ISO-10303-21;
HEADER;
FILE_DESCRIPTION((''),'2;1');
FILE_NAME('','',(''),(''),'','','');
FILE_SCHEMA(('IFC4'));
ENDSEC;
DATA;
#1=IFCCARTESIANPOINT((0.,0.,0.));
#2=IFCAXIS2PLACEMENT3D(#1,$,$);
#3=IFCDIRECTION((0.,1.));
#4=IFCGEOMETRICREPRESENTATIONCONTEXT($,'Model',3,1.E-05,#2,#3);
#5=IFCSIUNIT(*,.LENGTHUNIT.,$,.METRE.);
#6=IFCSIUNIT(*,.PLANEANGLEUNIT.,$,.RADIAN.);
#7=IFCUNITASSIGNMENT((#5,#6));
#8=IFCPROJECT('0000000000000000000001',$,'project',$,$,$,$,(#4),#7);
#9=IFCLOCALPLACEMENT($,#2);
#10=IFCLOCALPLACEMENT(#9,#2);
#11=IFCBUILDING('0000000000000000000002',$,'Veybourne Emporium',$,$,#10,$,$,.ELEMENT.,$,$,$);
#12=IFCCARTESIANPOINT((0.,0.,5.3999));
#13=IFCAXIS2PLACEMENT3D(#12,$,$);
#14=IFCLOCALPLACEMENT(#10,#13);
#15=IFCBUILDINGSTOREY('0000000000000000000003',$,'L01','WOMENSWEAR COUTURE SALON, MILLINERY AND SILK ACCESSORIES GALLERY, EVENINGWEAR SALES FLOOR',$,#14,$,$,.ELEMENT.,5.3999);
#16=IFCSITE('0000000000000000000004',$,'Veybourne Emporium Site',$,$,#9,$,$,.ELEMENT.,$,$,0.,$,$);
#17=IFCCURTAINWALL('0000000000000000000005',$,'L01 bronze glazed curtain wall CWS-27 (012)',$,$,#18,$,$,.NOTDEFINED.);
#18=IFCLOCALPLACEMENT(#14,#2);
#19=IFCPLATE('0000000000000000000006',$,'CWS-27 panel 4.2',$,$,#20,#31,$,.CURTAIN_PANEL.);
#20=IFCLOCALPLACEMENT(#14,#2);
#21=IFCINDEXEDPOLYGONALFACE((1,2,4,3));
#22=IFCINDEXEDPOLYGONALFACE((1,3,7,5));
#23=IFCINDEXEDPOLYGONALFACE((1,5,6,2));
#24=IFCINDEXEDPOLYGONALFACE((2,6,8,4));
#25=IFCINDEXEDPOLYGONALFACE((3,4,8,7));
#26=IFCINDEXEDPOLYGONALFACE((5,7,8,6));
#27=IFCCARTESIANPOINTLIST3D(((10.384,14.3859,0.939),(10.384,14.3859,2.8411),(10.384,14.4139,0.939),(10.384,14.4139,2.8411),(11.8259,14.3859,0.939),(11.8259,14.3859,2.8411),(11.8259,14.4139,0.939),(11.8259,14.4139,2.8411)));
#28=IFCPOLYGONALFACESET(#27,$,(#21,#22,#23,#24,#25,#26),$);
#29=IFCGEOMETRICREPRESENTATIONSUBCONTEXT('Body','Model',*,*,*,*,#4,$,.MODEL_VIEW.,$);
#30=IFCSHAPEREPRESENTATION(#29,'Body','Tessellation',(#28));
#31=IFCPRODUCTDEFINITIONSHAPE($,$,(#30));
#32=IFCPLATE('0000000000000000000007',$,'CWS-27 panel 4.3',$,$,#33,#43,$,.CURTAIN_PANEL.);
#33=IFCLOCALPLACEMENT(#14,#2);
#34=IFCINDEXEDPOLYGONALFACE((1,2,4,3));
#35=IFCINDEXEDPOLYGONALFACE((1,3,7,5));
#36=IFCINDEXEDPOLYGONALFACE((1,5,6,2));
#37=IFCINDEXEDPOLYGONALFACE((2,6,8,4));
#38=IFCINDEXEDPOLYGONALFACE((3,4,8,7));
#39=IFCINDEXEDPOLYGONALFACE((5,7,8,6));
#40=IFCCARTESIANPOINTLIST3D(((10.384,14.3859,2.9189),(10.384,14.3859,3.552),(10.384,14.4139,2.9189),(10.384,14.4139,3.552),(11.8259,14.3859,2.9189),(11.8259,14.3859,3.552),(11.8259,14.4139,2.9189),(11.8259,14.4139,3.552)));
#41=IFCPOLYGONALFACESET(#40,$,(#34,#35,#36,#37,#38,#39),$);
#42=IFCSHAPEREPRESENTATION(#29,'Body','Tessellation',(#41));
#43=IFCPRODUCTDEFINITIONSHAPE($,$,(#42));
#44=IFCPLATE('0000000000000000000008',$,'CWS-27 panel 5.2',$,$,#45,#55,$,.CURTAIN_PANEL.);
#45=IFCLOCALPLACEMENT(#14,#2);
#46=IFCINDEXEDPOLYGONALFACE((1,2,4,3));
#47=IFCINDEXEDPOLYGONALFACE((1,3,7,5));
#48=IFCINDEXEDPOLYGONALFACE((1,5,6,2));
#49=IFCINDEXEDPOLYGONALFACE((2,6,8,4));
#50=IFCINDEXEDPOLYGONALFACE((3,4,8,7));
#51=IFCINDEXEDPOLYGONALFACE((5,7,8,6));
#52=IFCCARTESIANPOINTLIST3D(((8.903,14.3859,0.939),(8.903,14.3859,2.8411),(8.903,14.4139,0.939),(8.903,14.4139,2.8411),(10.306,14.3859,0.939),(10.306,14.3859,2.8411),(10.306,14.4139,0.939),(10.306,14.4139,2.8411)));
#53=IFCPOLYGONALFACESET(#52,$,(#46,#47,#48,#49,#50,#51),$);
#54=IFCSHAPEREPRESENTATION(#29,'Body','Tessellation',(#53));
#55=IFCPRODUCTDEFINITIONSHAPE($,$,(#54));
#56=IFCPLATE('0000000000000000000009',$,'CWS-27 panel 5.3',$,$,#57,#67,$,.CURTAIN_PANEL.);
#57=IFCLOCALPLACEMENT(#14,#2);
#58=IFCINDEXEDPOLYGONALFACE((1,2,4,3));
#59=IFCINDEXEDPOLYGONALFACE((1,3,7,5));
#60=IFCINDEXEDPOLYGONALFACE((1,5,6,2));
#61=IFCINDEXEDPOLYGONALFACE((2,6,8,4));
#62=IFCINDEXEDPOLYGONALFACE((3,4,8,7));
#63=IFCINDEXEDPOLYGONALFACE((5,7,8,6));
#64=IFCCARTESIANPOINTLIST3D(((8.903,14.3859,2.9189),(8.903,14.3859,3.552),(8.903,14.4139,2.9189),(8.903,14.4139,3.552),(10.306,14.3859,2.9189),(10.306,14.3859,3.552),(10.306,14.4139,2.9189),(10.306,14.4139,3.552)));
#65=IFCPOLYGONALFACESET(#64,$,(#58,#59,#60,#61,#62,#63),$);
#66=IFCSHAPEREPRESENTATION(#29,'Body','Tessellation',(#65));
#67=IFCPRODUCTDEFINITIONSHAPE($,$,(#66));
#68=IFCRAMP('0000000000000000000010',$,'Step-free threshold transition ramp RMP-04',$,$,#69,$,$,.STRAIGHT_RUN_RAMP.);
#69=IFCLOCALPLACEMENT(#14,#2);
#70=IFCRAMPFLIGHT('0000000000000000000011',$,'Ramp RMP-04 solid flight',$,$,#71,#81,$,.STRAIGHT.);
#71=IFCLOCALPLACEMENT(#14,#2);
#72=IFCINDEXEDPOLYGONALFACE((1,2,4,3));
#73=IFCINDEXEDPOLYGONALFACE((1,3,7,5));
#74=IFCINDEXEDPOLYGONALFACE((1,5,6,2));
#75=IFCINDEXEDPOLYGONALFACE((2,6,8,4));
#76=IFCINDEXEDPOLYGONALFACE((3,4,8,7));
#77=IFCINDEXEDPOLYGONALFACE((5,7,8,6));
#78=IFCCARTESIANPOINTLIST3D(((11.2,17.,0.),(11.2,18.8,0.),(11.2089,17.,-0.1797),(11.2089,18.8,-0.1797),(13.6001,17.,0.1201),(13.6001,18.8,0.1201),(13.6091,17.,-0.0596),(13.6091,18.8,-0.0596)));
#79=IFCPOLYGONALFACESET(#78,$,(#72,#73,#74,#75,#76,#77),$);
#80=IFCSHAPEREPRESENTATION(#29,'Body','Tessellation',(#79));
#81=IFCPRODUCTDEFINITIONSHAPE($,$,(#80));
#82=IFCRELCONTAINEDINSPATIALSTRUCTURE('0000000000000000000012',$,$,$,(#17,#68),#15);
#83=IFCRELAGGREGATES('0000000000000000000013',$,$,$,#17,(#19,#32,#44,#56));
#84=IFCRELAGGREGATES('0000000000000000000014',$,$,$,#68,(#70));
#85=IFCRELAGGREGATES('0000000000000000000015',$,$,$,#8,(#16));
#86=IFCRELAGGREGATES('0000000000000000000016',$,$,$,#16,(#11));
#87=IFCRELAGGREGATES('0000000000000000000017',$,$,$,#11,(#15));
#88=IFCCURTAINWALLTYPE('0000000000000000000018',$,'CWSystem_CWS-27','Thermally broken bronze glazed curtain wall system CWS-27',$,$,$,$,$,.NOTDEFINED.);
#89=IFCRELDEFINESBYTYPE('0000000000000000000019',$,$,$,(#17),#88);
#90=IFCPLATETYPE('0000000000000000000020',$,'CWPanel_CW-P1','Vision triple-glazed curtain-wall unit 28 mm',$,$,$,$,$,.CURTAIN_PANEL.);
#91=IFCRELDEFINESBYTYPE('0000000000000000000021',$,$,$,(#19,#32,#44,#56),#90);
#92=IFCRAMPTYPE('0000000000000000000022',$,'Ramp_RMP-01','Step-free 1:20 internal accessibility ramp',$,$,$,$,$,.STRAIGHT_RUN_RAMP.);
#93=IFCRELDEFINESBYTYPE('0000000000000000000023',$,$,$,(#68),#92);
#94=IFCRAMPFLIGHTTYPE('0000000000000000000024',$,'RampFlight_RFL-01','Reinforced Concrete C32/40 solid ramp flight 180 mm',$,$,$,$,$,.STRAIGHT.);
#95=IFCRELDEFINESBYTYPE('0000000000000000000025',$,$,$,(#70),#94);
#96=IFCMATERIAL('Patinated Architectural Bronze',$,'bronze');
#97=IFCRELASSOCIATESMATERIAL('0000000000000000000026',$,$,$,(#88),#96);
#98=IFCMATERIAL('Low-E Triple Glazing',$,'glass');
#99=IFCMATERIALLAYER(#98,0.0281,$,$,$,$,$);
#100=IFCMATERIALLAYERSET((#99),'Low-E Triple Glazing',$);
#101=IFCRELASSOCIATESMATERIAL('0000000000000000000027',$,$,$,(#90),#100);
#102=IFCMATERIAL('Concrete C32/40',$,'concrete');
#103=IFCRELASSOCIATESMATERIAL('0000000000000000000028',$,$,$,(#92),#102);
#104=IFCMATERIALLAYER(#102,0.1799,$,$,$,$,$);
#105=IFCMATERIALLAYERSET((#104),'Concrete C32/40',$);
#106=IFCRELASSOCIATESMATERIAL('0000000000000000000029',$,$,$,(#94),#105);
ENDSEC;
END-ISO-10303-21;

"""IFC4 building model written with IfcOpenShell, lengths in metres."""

from ifc_helpers import new_model, si_unit, direction, frame, origin, origin_2d, place, context, subcontext, project, spatial, polyline, rectangle, outline, extrude, material, layer, layer_set, type_object, element, aggregate, save


model = new_model("IFC4")

# Units and contexts
model_context = context("Model", 3, precision=1e-05, world=origin(), true_north=direction((0.0, 1.0)))
body_context = subcontext(model_context, "Body", "Model", "MODEL_VIEW")
ifc_project = project(units=[si_unit("LENGTHUNIT", "METRE"), si_unit("PLANEANGLEUNIT", "RADIAN")], contexts=[model_context])

# Site, building, storey
site_placement = place(None, origin())
site = spatial("IfcSite", under=ifc_project, at=site_placement, Name="Veybourne Emporium Site", CompositionType="ELEMENT", RefElevation=0.0)
building_placement = place(site_placement, origin())
building = spatial("IfcBuilding", under=site, at=building_placement, Name="Veybourne Emporium", CompositionType="ELEMENT")
storey_placement = place(building_placement, frame((0.0, 0.0, 5.3999)))
storey = spatial("IfcBuildingStorey", under=building, at=storey_placement, Name="L01", Description="WOMENSWEAR COUTURE SALON, MILLINERY AND SILK ACCESSORIES GALLERY, EVENINGWEAR SALES FLOOR", CompositionType="ELEMENT", Elevation=5.3999)

# Curtain wall, plates
ifc_material_1 = material(Name="Patinated Architectural Bronze", Category="bronze")
curtain_wall_type = type_object("IfcCurtainWallType", Name="CWSystem_CWS-27", Description="Thermally broken bronze glazed curtain wall system CWS-27", PredefinedType="NOTDEFINED", material=ifc_material_1)
curtain_wall_placement = place(storey_placement, origin())
curtain_wall = element("IfcCurtainWall", 1, at=curtain_wall_placement, inside=storey, type_object=curtain_wall_type, Name="L01 bronze glazed curtain wall CWS-27 (012)", PredefinedType="NOTDEFINED")
ifc_material_2 = material(Name="Low-E Triple Glazing", Category="glass")
ifc_layer_1 = layer(ifc_material_2, 0.0281)
ifc_layer_set_1 = layer_set([ifc_layer_1], Name="Low-E Triple Glazing")
plate_type = type_object("IfcPlateType", Name="CWPanel_CW-P1", Description="Vision triple-glazed curtain-wall unit 28 mm", PredefinedType="CURTAIN_PANEL", material=ifc_layer_set_1)
plate_1_placement = place(storey_placement, frame((11.105, 14.3999, 0.939), z_axis=(0.0, 0.0, 1.0), x_axis=(-1.0, 0.0, 0.0)))
plate_1 = element("IfcPlate", 2, at=plate_1_placement, type_object=plate_type, Name="CWS-27 panel 4.2", PredefinedType="CURTAIN_PANEL", context=body_context, shape_type="SweptSolid", body=[
    extrude(rectangle(XDim=1.4419, YDim=0.0281, at=origin_2d()), origin(), (0.0, 0.0, 1.0), 1.9021),
])
plate_2_placement = place(storey_placement, frame((11.105, 14.3999, 2.9189), z_axis=(0.0, 0.0, 1.0), x_axis=(-1.0, 0.0, 0.0)))
plate_2 = element("IfcPlate", 3, at=plate_2_placement, type_object=plate_type, Name="CWS-27 panel 4.3", PredefinedType="CURTAIN_PANEL", context=body_context, shape_type="SweptSolid", body=[
    extrude(rectangle(XDim=1.4419, YDim=0.0281, at=origin_2d()), origin(), (0.0, 0.0, 1.0), 0.6331),
])
plate_3_placement = place(storey_placement, frame((9.6045, 14.3999, 0.939), z_axis=(0.0, 0.0, 1.0), x_axis=(-1.0, 0.0, 0.0)))
plate_3 = element("IfcPlate", 4, at=plate_3_placement, type_object=plate_type, Name="CWS-27 panel 5.2", PredefinedType="CURTAIN_PANEL", context=body_context, shape_type="SweptSolid", body=[
    extrude(rectangle(XDim=1.4031, YDim=0.0281, at=origin_2d()), origin(), (0.0, 0.0, 1.0), 1.9021),
])
plate_4_placement = place(storey_placement, frame((9.6045, 14.3999, 2.9189), z_axis=(0.0, 0.0, 1.0), x_axis=(-1.0, 0.0, 0.0)))
plate_4 = element("IfcPlate", 5, at=plate_4_placement, type_object=plate_type, Name="CWS-27 panel 5.3", PredefinedType="CURTAIN_PANEL", context=body_context, shape_type="SweptSolid", body=[
    extrude(rectangle(XDim=1.4031, YDim=0.0281, at=origin_2d()), origin(), (0.0, 0.0, 1.0), 0.6331),
])
aggregate(curtain_wall, [plate_1, plate_2, plate_3, plate_4])

# Ramp, ramp flight
ifc_material_3 = material(Name="Concrete C32/40", Category="concrete")
ramp_type = type_object("IfcRampType", Name="Ramp_RMP-01", Description="Step-free 1:20 internal accessibility ramp", PredefinedType="STRAIGHT_RUN_RAMP", material=ifc_material_3)
ramp_placement = place(storey_placement, origin())
ramp = element("IfcRamp", 6, at=ramp_placement, inside=storey, type_object=ramp_type, Name="Step-free threshold transition ramp RMP-04", PredefinedType="STRAIGHT_RUN_RAMP")
ifc_layer_2 = layer(ifc_material_3, 0.1799)
ifc_layer_set_2 = layer_set([ifc_layer_2], Name="Concrete C32/40")
ramp_flight_type = type_object("IfcRampFlightType", Name="RampFlight_RFL-01", Description="Reinforced Concrete C32/40 solid ramp flight 180 mm", PredefinedType="STRAIGHT", material=ifc_layer_set_2)
ramp_flight_placement = place(storey_placement, frame((11.2, 17.0, 0.0), z_axis=(-0.049983, 0.0, 0.99875), x_axis=(0.99875, 0.0, 0.049983)))
ramp_flight = element("IfcRampFlight", 7, at=ramp_flight_placement, type_object=ramp_flight_type, Name="Ramp RMP-04 solid flight", PredefinedType="STRAIGHT", context=body_context, shape_type="SweptSolid", body=[
    extrude(outline(polyline([(0.0, 0.0), (2.4032, 0.0), (2.4032, 1.8), (0.0, 1.8), (0.0, 0.0)])), origin(), (0.0, 0.0, -1.0), 0.1799),
])
aggregate(ramp, [ramp_flight])

save(model, "model.ifc")
